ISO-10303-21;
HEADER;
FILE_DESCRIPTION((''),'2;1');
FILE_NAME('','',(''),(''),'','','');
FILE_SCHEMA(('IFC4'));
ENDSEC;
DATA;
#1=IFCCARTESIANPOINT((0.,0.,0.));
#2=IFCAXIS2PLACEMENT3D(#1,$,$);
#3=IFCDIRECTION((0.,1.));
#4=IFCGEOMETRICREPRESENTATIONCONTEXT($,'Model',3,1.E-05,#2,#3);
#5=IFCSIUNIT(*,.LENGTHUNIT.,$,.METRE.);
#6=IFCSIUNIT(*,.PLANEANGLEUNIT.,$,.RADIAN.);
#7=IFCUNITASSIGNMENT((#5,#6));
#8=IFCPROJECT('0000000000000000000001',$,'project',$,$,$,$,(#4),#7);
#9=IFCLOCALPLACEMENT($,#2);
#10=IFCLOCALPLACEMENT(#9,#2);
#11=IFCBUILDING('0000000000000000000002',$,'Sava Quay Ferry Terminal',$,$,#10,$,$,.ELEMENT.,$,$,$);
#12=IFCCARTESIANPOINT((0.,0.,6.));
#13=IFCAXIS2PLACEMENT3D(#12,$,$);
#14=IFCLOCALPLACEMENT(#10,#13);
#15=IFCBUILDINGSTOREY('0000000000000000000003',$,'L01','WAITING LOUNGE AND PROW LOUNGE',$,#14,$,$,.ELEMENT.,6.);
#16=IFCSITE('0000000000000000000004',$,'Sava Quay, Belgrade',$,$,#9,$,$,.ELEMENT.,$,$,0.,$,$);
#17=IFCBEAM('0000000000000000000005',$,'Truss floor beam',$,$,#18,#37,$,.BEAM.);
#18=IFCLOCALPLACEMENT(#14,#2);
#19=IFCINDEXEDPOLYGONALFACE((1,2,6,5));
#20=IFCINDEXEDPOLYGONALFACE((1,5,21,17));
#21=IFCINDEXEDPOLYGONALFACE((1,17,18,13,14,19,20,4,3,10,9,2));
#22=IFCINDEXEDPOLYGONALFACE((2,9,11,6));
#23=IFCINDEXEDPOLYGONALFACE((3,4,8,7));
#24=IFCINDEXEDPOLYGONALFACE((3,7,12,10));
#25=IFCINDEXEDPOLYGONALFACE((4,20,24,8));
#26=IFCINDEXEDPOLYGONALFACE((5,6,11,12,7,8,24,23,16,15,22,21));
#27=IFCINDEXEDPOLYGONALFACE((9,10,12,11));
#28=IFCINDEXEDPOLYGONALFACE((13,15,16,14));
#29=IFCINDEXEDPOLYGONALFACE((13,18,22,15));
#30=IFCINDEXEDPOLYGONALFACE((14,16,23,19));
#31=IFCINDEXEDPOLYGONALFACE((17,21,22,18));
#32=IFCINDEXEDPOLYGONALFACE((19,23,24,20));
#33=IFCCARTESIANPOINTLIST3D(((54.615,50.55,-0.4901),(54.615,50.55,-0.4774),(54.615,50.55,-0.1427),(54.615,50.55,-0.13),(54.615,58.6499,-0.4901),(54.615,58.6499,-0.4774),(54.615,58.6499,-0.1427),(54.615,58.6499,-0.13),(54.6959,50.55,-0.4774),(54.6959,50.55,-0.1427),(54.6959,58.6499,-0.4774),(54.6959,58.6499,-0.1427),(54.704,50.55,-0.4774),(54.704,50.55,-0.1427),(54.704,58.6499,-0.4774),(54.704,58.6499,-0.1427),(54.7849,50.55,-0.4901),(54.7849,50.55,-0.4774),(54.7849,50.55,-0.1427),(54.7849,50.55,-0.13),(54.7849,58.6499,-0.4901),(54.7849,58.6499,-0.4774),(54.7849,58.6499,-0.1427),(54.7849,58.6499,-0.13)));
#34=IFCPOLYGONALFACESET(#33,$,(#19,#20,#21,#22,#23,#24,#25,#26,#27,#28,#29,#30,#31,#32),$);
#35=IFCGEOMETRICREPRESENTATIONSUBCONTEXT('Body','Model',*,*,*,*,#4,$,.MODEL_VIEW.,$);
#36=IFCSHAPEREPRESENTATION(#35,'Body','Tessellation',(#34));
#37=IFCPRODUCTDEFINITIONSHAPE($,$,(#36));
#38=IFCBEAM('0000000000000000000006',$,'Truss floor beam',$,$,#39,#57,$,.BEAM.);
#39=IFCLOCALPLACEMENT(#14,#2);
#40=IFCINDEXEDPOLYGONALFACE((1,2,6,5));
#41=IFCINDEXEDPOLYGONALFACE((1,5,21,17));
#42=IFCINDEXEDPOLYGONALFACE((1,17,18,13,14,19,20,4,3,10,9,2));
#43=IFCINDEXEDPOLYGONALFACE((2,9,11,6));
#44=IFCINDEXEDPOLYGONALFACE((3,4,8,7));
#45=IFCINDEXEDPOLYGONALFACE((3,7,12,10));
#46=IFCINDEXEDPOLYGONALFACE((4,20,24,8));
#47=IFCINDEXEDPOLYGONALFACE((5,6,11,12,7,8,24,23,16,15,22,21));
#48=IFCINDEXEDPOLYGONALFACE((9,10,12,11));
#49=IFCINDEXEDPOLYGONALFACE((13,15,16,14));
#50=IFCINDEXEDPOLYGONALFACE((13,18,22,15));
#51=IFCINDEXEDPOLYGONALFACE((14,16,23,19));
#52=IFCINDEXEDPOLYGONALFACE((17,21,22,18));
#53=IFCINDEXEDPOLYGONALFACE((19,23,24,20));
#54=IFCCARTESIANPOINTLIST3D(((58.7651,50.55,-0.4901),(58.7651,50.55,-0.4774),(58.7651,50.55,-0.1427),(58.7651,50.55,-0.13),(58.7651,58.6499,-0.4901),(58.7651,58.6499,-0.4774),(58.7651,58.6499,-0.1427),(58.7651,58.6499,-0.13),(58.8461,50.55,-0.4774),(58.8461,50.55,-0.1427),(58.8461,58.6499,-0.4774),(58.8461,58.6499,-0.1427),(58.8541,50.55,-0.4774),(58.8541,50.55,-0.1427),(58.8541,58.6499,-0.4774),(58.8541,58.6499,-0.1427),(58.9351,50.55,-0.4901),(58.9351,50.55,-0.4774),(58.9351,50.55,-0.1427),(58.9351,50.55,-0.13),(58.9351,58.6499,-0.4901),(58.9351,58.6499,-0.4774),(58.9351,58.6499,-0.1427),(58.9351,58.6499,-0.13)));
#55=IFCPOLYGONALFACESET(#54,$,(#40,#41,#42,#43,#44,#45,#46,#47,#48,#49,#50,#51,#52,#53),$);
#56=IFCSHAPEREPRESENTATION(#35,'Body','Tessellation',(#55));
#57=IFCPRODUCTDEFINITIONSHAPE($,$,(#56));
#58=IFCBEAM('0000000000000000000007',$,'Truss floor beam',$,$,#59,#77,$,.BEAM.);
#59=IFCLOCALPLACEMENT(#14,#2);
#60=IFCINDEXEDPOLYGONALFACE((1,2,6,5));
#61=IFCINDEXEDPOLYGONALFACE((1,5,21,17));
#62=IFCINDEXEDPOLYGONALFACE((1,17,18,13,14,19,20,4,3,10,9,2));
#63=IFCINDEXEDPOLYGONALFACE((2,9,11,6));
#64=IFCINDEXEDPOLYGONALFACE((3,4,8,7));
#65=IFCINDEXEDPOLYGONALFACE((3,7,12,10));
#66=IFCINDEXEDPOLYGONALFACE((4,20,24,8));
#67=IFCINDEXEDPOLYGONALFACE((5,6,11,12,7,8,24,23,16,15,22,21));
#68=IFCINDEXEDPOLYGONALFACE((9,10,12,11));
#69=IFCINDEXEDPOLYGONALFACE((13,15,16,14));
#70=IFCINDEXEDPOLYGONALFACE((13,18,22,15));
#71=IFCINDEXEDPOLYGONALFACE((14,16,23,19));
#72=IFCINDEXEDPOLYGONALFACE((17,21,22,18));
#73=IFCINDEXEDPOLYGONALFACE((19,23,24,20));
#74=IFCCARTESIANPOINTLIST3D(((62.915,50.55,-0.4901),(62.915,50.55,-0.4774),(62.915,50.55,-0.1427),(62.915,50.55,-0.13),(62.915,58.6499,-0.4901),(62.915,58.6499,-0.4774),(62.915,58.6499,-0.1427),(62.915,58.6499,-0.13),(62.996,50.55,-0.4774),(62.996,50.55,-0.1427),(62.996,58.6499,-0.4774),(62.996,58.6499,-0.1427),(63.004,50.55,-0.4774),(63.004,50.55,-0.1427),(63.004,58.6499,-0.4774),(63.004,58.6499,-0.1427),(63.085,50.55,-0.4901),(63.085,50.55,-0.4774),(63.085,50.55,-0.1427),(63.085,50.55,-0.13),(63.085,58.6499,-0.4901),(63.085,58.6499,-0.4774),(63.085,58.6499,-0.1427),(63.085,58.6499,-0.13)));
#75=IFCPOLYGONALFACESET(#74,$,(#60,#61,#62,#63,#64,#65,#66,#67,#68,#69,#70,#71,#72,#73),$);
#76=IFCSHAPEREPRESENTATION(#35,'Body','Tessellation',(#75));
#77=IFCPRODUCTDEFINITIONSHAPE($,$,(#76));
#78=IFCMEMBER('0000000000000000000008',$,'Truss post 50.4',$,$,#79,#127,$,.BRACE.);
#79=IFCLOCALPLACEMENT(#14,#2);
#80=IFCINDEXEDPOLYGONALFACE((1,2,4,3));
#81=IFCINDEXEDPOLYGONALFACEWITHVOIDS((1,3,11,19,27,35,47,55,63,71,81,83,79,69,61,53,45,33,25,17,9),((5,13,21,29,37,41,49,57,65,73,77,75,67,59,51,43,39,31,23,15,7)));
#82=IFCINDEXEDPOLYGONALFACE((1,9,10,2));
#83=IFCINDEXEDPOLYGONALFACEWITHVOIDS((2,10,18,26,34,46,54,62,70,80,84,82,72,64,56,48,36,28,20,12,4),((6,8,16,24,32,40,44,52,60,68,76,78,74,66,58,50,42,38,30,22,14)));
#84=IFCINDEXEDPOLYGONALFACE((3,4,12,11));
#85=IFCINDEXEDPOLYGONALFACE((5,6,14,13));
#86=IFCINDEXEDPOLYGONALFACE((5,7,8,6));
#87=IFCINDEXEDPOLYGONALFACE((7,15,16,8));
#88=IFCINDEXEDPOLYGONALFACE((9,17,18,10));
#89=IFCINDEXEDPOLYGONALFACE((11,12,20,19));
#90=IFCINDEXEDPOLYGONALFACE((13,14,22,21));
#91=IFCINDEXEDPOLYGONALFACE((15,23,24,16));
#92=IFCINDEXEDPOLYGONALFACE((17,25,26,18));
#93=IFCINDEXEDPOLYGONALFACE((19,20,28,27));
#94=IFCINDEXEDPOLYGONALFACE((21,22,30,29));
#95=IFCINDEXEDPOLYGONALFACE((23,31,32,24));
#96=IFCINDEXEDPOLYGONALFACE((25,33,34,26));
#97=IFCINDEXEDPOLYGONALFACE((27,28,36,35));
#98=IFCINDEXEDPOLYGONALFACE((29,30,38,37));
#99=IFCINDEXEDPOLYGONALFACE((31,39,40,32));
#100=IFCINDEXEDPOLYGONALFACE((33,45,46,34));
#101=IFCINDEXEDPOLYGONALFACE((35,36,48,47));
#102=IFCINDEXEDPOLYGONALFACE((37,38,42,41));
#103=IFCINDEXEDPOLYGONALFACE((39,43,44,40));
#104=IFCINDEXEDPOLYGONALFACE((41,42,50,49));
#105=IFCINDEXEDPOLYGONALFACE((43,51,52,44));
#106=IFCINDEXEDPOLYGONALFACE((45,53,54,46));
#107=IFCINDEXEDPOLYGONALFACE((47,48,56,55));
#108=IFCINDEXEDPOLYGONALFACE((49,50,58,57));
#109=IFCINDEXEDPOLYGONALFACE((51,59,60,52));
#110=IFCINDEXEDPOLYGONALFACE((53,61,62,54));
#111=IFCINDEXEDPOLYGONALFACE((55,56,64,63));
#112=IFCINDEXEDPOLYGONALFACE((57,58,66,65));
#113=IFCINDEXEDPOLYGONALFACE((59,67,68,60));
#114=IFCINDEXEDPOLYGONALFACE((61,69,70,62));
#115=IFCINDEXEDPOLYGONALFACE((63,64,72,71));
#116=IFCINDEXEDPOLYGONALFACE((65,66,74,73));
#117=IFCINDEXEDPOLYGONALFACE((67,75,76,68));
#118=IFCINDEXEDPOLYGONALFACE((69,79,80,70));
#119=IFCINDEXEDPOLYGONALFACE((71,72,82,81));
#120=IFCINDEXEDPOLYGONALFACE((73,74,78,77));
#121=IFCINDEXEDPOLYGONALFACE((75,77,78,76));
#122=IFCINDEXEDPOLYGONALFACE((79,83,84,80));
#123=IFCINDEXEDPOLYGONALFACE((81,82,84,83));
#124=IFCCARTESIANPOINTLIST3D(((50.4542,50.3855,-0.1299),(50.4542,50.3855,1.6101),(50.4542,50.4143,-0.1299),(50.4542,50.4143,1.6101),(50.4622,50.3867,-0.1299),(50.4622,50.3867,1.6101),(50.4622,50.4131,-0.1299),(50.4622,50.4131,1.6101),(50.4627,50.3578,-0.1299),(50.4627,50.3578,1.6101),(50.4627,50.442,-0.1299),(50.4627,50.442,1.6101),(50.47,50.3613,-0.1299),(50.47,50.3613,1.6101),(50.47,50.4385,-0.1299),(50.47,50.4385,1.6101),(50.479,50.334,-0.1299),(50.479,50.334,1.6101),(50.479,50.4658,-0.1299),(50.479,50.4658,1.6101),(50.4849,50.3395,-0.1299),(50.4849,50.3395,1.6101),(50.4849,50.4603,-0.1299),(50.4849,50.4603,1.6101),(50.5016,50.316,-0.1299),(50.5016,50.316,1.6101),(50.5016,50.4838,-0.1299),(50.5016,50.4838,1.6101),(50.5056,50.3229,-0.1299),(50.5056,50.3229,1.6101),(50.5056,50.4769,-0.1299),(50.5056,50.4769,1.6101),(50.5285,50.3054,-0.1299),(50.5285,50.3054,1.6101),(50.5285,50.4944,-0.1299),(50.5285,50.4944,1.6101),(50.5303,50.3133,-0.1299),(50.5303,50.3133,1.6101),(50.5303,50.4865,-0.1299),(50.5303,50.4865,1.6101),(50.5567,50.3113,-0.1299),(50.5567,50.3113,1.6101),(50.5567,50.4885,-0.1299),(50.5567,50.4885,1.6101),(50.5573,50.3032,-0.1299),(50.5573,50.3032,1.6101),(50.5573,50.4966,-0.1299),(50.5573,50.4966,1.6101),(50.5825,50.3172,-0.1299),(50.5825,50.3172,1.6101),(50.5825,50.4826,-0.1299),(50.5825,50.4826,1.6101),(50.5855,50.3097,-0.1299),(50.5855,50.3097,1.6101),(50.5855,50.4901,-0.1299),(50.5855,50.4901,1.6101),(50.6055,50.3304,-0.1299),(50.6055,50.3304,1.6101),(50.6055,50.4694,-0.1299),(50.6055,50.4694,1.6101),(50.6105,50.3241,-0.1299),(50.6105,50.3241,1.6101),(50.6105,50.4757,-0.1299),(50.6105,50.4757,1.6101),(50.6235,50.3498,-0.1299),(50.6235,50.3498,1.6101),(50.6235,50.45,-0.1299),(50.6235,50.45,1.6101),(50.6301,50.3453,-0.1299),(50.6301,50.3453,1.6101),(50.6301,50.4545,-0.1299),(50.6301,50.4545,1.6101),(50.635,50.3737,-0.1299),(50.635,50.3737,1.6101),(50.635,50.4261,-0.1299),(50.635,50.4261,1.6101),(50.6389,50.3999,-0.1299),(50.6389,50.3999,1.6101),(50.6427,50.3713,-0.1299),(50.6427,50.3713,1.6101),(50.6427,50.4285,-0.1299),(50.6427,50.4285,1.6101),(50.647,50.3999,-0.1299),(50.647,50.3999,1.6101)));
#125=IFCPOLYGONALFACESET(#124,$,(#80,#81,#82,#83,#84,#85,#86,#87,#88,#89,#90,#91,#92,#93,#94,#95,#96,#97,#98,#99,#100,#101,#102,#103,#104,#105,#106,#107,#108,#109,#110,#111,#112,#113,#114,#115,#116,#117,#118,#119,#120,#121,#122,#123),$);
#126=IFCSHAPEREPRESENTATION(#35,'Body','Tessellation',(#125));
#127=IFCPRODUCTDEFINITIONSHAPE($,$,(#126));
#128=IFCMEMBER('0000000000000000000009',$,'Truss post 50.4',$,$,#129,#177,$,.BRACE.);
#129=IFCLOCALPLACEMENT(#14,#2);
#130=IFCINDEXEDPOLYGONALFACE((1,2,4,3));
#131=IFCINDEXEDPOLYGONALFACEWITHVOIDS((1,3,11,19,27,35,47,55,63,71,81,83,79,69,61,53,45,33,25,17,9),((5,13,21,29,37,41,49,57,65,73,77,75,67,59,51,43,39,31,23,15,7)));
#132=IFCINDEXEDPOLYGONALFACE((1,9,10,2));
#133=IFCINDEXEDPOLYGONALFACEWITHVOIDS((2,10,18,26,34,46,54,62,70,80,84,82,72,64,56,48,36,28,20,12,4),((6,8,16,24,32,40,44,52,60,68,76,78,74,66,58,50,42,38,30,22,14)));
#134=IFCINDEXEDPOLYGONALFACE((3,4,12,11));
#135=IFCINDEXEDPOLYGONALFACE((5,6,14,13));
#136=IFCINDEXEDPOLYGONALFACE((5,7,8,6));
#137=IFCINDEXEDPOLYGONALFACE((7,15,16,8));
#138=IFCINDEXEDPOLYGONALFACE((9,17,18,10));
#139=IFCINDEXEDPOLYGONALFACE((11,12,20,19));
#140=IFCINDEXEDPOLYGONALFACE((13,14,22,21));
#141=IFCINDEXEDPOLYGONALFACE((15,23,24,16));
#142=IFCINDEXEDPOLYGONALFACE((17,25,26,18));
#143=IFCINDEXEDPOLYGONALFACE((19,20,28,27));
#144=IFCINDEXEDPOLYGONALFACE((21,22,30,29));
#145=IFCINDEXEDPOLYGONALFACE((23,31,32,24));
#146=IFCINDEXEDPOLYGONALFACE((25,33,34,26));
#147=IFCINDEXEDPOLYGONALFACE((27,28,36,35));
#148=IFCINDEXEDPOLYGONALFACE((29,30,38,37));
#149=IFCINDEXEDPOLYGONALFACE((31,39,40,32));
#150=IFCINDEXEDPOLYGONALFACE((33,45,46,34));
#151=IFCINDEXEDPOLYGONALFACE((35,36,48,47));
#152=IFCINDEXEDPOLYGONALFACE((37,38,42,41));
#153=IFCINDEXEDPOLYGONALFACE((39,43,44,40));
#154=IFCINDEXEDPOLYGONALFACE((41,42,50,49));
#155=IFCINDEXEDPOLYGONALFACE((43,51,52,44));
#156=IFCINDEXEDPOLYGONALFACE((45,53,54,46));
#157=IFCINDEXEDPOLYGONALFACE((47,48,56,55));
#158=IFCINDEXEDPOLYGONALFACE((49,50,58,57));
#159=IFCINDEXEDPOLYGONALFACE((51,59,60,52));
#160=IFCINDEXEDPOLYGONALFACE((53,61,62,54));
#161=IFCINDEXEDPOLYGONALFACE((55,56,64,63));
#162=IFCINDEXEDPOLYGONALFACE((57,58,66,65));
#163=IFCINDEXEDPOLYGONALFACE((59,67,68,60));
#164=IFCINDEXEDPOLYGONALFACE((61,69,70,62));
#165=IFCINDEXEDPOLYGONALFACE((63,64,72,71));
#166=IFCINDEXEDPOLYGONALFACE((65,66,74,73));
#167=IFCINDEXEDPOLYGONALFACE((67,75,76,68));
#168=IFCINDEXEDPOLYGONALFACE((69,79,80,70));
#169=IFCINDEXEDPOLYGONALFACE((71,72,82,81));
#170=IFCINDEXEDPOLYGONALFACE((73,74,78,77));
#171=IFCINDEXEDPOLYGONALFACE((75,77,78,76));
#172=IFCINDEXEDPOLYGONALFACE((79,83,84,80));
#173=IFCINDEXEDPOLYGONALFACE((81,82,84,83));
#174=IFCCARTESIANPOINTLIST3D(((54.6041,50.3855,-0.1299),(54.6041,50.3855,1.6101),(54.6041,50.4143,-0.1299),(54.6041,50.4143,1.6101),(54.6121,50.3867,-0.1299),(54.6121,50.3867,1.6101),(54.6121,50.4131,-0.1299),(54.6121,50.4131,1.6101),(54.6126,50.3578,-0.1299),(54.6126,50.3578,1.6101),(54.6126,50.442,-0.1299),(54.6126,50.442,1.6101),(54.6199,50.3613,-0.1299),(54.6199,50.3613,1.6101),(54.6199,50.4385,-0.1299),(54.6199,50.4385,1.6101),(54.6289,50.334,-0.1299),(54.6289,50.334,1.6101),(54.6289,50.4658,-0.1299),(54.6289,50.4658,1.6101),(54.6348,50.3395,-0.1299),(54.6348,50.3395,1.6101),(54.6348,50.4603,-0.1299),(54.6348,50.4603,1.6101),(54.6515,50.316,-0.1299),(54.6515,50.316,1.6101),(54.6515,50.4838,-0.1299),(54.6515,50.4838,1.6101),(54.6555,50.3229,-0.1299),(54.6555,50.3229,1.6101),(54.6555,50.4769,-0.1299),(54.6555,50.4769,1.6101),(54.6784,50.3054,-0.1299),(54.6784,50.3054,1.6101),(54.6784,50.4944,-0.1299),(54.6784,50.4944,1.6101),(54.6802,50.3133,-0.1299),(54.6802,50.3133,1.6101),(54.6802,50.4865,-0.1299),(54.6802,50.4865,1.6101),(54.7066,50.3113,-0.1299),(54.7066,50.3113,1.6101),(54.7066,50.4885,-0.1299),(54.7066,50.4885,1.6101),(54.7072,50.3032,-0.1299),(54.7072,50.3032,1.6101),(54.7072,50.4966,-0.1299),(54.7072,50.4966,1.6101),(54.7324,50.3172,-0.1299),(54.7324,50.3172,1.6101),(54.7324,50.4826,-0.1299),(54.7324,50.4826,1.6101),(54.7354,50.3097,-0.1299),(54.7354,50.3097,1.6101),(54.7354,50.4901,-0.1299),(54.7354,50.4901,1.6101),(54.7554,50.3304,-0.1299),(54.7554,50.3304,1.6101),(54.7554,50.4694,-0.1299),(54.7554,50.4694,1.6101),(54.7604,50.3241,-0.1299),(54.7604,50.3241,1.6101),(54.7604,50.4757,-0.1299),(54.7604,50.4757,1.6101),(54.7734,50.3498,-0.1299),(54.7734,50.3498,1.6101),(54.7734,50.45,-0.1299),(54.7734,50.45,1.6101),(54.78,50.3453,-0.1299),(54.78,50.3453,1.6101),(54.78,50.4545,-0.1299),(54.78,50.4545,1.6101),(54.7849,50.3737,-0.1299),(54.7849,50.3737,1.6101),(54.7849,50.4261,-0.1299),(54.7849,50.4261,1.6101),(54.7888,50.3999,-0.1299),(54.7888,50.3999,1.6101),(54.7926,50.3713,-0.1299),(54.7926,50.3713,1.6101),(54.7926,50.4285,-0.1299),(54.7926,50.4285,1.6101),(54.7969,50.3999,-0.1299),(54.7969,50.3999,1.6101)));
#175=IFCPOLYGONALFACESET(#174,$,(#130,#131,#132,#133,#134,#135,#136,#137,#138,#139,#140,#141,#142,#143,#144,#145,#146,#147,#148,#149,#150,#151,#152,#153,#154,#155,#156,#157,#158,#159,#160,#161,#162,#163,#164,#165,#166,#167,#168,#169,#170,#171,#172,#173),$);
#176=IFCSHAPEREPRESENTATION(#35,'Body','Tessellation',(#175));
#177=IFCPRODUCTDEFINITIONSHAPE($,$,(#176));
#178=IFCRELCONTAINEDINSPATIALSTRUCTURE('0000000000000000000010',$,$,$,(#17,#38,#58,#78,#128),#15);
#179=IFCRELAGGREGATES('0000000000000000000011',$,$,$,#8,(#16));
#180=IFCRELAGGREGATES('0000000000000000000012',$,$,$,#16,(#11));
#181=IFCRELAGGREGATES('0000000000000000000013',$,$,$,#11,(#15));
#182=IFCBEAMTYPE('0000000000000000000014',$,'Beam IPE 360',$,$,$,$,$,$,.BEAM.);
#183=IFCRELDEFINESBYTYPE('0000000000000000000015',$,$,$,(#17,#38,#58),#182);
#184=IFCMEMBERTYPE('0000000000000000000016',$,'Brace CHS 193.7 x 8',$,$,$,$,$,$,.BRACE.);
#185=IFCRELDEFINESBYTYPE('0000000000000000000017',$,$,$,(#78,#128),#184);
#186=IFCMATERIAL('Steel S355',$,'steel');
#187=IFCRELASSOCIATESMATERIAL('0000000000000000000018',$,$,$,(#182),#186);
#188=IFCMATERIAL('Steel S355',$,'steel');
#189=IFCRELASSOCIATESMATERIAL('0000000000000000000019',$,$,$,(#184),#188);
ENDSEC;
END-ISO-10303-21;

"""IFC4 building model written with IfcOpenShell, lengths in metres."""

from ifc_helpers import new_model, si_unit, direction, frame, origin, origin_2d, place, context, subcontext, project, spatial, hollow_circle, i_section, extrude, material, material_profile, profile_set, type_object, element, save


model = new_model("IFC4")

# Units and contexts
model_context = context("Model", 3, precision=1e-05, world=origin(), true_north=direction((0.0, 1.0)))
body_context = subcontext(model_context, "Body", "Model", "MODEL_VIEW")
ifc_project = project(units=[si_unit("LENGTHUNIT", "METRE"), si_unit("PLANEANGLEUNIT", "RADIAN")], contexts=[model_context])

# Site, building, storey
site_placement = place(None, origin())
site = spatial("IfcSite", under=ifc_project, at=site_placement, Name="Sava Quay, Belgrade", CompositionType="ELEMENT", RefElevation=0.0)
building_placement = place(site_placement, origin())
building = spatial("IfcBuilding", under=site, at=building_placement, Name="Sava Quay Ferry Terminal", CompositionType="ELEMENT")
storey_placement = place(building_placement, frame((0.0, 0.0, 6.0)))
storey = spatial("IfcBuildingStorey", under=building, at=storey_placement, Name="L01", Description="WAITING LOUNGE AND PROW LOUNGE", CompositionType="ELEMENT", Elevation=6.0)

# Beams
ifc_material_1 = material(Name="Steel S355", Category="steel")
ifc_material_profile_1 = material_profile(ifc_material_1, i_section(OverallWidth=0.1699, OverallDepth=0.3601, WebThickness=0.0081, FlangeThickness=0.0127, at=origin_2d()), Name="IPE 360")
ifc_profile_set_1 = profile_set([ifc_material_profile_1], Name="Steel S355")
beam_type_1 = type_object("IfcBeamType", Name="Beam IPE 360", PredefinedType="BEAM", material=ifc_profile_set_1)
for number, where, z_axis, x_axis, name in (
    (1, (54.7, 50.55, -0.3101), (0.0, 1.0, 0.0), (-1.0, 0.0, 0.0), "Truss floor beam"),
    (2, (58.8501, 50.55, -0.3101), (0.0, 1.0, 0.0), (-1.0, 0.0, 0.0), "Truss floor beam"),
    (3, (63.0, 50.55, -0.3101), (0.0, 1.0, 0.0), (-1.0, 0.0, 0.0), "Truss floor beam"),
):
    element("IfcBeam", number, at=place(storey_placement, frame(where, z_axis=z_axis, x_axis=x_axis)), inside=storey, type_object=beam_type_1, Name=name, PredefinedType="BEAM", context=body_context, shape_type="SweptSolid", body=[
        extrude(i_section(OverallWidth=0.1699, OverallDepth=0.3601, WebThickness=0.0081, FlangeThickness=0.0127, at=origin_2d()), origin(), (0.0, 0.0, 1.0), 8.0999),
    ])

# Members
ifc_material_2 = material(Name="Steel S355", Category="steel")
ifc_material_profile_2 = material_profile(ifc_material_2, hollow_circle(Radius=0.0969, WallThickness=0.0081, at=origin_2d()), Name="CHS 193.7 x 8")
ifc_profile_set_2 = profile_set([ifc_material_profile_2], Name="Steel S355")
member_type_1 = type_object("IfcMemberType", Name="Brace CHS 193.7 x 8", PredefinedType="BRACE", material=ifc_profile_set_2)
for number, where, z_axis, x_axis, name in (
    (4, (50.55, 50.3999, -0.1299), (0.0, 0.0, 1.0), (1.0, 0.0, 0.0), "Truss post 50.4"),
    (5, (54.7, 50.3999, -0.1299), (0.0, 0.0, 1.0), (1.0, 0.0, 0.0), "Truss post 50.4"),
):
    element("IfcMember", number, at=place(storey_placement, frame(where, z_axis=z_axis, x_axis=x_axis)), inside=storey, type_object=member_type_1, Name=name, PredefinedType="BRACE", context=body_context, shape_type="SweptSolid", body=[
        extrude(hollow_circle(Radius=0.0969, WallThickness=0.0081, at=origin_2d()), origin(), (0.0, 0.0, 1.0), 1.74),
    ])

save(model, "model.ifc")
